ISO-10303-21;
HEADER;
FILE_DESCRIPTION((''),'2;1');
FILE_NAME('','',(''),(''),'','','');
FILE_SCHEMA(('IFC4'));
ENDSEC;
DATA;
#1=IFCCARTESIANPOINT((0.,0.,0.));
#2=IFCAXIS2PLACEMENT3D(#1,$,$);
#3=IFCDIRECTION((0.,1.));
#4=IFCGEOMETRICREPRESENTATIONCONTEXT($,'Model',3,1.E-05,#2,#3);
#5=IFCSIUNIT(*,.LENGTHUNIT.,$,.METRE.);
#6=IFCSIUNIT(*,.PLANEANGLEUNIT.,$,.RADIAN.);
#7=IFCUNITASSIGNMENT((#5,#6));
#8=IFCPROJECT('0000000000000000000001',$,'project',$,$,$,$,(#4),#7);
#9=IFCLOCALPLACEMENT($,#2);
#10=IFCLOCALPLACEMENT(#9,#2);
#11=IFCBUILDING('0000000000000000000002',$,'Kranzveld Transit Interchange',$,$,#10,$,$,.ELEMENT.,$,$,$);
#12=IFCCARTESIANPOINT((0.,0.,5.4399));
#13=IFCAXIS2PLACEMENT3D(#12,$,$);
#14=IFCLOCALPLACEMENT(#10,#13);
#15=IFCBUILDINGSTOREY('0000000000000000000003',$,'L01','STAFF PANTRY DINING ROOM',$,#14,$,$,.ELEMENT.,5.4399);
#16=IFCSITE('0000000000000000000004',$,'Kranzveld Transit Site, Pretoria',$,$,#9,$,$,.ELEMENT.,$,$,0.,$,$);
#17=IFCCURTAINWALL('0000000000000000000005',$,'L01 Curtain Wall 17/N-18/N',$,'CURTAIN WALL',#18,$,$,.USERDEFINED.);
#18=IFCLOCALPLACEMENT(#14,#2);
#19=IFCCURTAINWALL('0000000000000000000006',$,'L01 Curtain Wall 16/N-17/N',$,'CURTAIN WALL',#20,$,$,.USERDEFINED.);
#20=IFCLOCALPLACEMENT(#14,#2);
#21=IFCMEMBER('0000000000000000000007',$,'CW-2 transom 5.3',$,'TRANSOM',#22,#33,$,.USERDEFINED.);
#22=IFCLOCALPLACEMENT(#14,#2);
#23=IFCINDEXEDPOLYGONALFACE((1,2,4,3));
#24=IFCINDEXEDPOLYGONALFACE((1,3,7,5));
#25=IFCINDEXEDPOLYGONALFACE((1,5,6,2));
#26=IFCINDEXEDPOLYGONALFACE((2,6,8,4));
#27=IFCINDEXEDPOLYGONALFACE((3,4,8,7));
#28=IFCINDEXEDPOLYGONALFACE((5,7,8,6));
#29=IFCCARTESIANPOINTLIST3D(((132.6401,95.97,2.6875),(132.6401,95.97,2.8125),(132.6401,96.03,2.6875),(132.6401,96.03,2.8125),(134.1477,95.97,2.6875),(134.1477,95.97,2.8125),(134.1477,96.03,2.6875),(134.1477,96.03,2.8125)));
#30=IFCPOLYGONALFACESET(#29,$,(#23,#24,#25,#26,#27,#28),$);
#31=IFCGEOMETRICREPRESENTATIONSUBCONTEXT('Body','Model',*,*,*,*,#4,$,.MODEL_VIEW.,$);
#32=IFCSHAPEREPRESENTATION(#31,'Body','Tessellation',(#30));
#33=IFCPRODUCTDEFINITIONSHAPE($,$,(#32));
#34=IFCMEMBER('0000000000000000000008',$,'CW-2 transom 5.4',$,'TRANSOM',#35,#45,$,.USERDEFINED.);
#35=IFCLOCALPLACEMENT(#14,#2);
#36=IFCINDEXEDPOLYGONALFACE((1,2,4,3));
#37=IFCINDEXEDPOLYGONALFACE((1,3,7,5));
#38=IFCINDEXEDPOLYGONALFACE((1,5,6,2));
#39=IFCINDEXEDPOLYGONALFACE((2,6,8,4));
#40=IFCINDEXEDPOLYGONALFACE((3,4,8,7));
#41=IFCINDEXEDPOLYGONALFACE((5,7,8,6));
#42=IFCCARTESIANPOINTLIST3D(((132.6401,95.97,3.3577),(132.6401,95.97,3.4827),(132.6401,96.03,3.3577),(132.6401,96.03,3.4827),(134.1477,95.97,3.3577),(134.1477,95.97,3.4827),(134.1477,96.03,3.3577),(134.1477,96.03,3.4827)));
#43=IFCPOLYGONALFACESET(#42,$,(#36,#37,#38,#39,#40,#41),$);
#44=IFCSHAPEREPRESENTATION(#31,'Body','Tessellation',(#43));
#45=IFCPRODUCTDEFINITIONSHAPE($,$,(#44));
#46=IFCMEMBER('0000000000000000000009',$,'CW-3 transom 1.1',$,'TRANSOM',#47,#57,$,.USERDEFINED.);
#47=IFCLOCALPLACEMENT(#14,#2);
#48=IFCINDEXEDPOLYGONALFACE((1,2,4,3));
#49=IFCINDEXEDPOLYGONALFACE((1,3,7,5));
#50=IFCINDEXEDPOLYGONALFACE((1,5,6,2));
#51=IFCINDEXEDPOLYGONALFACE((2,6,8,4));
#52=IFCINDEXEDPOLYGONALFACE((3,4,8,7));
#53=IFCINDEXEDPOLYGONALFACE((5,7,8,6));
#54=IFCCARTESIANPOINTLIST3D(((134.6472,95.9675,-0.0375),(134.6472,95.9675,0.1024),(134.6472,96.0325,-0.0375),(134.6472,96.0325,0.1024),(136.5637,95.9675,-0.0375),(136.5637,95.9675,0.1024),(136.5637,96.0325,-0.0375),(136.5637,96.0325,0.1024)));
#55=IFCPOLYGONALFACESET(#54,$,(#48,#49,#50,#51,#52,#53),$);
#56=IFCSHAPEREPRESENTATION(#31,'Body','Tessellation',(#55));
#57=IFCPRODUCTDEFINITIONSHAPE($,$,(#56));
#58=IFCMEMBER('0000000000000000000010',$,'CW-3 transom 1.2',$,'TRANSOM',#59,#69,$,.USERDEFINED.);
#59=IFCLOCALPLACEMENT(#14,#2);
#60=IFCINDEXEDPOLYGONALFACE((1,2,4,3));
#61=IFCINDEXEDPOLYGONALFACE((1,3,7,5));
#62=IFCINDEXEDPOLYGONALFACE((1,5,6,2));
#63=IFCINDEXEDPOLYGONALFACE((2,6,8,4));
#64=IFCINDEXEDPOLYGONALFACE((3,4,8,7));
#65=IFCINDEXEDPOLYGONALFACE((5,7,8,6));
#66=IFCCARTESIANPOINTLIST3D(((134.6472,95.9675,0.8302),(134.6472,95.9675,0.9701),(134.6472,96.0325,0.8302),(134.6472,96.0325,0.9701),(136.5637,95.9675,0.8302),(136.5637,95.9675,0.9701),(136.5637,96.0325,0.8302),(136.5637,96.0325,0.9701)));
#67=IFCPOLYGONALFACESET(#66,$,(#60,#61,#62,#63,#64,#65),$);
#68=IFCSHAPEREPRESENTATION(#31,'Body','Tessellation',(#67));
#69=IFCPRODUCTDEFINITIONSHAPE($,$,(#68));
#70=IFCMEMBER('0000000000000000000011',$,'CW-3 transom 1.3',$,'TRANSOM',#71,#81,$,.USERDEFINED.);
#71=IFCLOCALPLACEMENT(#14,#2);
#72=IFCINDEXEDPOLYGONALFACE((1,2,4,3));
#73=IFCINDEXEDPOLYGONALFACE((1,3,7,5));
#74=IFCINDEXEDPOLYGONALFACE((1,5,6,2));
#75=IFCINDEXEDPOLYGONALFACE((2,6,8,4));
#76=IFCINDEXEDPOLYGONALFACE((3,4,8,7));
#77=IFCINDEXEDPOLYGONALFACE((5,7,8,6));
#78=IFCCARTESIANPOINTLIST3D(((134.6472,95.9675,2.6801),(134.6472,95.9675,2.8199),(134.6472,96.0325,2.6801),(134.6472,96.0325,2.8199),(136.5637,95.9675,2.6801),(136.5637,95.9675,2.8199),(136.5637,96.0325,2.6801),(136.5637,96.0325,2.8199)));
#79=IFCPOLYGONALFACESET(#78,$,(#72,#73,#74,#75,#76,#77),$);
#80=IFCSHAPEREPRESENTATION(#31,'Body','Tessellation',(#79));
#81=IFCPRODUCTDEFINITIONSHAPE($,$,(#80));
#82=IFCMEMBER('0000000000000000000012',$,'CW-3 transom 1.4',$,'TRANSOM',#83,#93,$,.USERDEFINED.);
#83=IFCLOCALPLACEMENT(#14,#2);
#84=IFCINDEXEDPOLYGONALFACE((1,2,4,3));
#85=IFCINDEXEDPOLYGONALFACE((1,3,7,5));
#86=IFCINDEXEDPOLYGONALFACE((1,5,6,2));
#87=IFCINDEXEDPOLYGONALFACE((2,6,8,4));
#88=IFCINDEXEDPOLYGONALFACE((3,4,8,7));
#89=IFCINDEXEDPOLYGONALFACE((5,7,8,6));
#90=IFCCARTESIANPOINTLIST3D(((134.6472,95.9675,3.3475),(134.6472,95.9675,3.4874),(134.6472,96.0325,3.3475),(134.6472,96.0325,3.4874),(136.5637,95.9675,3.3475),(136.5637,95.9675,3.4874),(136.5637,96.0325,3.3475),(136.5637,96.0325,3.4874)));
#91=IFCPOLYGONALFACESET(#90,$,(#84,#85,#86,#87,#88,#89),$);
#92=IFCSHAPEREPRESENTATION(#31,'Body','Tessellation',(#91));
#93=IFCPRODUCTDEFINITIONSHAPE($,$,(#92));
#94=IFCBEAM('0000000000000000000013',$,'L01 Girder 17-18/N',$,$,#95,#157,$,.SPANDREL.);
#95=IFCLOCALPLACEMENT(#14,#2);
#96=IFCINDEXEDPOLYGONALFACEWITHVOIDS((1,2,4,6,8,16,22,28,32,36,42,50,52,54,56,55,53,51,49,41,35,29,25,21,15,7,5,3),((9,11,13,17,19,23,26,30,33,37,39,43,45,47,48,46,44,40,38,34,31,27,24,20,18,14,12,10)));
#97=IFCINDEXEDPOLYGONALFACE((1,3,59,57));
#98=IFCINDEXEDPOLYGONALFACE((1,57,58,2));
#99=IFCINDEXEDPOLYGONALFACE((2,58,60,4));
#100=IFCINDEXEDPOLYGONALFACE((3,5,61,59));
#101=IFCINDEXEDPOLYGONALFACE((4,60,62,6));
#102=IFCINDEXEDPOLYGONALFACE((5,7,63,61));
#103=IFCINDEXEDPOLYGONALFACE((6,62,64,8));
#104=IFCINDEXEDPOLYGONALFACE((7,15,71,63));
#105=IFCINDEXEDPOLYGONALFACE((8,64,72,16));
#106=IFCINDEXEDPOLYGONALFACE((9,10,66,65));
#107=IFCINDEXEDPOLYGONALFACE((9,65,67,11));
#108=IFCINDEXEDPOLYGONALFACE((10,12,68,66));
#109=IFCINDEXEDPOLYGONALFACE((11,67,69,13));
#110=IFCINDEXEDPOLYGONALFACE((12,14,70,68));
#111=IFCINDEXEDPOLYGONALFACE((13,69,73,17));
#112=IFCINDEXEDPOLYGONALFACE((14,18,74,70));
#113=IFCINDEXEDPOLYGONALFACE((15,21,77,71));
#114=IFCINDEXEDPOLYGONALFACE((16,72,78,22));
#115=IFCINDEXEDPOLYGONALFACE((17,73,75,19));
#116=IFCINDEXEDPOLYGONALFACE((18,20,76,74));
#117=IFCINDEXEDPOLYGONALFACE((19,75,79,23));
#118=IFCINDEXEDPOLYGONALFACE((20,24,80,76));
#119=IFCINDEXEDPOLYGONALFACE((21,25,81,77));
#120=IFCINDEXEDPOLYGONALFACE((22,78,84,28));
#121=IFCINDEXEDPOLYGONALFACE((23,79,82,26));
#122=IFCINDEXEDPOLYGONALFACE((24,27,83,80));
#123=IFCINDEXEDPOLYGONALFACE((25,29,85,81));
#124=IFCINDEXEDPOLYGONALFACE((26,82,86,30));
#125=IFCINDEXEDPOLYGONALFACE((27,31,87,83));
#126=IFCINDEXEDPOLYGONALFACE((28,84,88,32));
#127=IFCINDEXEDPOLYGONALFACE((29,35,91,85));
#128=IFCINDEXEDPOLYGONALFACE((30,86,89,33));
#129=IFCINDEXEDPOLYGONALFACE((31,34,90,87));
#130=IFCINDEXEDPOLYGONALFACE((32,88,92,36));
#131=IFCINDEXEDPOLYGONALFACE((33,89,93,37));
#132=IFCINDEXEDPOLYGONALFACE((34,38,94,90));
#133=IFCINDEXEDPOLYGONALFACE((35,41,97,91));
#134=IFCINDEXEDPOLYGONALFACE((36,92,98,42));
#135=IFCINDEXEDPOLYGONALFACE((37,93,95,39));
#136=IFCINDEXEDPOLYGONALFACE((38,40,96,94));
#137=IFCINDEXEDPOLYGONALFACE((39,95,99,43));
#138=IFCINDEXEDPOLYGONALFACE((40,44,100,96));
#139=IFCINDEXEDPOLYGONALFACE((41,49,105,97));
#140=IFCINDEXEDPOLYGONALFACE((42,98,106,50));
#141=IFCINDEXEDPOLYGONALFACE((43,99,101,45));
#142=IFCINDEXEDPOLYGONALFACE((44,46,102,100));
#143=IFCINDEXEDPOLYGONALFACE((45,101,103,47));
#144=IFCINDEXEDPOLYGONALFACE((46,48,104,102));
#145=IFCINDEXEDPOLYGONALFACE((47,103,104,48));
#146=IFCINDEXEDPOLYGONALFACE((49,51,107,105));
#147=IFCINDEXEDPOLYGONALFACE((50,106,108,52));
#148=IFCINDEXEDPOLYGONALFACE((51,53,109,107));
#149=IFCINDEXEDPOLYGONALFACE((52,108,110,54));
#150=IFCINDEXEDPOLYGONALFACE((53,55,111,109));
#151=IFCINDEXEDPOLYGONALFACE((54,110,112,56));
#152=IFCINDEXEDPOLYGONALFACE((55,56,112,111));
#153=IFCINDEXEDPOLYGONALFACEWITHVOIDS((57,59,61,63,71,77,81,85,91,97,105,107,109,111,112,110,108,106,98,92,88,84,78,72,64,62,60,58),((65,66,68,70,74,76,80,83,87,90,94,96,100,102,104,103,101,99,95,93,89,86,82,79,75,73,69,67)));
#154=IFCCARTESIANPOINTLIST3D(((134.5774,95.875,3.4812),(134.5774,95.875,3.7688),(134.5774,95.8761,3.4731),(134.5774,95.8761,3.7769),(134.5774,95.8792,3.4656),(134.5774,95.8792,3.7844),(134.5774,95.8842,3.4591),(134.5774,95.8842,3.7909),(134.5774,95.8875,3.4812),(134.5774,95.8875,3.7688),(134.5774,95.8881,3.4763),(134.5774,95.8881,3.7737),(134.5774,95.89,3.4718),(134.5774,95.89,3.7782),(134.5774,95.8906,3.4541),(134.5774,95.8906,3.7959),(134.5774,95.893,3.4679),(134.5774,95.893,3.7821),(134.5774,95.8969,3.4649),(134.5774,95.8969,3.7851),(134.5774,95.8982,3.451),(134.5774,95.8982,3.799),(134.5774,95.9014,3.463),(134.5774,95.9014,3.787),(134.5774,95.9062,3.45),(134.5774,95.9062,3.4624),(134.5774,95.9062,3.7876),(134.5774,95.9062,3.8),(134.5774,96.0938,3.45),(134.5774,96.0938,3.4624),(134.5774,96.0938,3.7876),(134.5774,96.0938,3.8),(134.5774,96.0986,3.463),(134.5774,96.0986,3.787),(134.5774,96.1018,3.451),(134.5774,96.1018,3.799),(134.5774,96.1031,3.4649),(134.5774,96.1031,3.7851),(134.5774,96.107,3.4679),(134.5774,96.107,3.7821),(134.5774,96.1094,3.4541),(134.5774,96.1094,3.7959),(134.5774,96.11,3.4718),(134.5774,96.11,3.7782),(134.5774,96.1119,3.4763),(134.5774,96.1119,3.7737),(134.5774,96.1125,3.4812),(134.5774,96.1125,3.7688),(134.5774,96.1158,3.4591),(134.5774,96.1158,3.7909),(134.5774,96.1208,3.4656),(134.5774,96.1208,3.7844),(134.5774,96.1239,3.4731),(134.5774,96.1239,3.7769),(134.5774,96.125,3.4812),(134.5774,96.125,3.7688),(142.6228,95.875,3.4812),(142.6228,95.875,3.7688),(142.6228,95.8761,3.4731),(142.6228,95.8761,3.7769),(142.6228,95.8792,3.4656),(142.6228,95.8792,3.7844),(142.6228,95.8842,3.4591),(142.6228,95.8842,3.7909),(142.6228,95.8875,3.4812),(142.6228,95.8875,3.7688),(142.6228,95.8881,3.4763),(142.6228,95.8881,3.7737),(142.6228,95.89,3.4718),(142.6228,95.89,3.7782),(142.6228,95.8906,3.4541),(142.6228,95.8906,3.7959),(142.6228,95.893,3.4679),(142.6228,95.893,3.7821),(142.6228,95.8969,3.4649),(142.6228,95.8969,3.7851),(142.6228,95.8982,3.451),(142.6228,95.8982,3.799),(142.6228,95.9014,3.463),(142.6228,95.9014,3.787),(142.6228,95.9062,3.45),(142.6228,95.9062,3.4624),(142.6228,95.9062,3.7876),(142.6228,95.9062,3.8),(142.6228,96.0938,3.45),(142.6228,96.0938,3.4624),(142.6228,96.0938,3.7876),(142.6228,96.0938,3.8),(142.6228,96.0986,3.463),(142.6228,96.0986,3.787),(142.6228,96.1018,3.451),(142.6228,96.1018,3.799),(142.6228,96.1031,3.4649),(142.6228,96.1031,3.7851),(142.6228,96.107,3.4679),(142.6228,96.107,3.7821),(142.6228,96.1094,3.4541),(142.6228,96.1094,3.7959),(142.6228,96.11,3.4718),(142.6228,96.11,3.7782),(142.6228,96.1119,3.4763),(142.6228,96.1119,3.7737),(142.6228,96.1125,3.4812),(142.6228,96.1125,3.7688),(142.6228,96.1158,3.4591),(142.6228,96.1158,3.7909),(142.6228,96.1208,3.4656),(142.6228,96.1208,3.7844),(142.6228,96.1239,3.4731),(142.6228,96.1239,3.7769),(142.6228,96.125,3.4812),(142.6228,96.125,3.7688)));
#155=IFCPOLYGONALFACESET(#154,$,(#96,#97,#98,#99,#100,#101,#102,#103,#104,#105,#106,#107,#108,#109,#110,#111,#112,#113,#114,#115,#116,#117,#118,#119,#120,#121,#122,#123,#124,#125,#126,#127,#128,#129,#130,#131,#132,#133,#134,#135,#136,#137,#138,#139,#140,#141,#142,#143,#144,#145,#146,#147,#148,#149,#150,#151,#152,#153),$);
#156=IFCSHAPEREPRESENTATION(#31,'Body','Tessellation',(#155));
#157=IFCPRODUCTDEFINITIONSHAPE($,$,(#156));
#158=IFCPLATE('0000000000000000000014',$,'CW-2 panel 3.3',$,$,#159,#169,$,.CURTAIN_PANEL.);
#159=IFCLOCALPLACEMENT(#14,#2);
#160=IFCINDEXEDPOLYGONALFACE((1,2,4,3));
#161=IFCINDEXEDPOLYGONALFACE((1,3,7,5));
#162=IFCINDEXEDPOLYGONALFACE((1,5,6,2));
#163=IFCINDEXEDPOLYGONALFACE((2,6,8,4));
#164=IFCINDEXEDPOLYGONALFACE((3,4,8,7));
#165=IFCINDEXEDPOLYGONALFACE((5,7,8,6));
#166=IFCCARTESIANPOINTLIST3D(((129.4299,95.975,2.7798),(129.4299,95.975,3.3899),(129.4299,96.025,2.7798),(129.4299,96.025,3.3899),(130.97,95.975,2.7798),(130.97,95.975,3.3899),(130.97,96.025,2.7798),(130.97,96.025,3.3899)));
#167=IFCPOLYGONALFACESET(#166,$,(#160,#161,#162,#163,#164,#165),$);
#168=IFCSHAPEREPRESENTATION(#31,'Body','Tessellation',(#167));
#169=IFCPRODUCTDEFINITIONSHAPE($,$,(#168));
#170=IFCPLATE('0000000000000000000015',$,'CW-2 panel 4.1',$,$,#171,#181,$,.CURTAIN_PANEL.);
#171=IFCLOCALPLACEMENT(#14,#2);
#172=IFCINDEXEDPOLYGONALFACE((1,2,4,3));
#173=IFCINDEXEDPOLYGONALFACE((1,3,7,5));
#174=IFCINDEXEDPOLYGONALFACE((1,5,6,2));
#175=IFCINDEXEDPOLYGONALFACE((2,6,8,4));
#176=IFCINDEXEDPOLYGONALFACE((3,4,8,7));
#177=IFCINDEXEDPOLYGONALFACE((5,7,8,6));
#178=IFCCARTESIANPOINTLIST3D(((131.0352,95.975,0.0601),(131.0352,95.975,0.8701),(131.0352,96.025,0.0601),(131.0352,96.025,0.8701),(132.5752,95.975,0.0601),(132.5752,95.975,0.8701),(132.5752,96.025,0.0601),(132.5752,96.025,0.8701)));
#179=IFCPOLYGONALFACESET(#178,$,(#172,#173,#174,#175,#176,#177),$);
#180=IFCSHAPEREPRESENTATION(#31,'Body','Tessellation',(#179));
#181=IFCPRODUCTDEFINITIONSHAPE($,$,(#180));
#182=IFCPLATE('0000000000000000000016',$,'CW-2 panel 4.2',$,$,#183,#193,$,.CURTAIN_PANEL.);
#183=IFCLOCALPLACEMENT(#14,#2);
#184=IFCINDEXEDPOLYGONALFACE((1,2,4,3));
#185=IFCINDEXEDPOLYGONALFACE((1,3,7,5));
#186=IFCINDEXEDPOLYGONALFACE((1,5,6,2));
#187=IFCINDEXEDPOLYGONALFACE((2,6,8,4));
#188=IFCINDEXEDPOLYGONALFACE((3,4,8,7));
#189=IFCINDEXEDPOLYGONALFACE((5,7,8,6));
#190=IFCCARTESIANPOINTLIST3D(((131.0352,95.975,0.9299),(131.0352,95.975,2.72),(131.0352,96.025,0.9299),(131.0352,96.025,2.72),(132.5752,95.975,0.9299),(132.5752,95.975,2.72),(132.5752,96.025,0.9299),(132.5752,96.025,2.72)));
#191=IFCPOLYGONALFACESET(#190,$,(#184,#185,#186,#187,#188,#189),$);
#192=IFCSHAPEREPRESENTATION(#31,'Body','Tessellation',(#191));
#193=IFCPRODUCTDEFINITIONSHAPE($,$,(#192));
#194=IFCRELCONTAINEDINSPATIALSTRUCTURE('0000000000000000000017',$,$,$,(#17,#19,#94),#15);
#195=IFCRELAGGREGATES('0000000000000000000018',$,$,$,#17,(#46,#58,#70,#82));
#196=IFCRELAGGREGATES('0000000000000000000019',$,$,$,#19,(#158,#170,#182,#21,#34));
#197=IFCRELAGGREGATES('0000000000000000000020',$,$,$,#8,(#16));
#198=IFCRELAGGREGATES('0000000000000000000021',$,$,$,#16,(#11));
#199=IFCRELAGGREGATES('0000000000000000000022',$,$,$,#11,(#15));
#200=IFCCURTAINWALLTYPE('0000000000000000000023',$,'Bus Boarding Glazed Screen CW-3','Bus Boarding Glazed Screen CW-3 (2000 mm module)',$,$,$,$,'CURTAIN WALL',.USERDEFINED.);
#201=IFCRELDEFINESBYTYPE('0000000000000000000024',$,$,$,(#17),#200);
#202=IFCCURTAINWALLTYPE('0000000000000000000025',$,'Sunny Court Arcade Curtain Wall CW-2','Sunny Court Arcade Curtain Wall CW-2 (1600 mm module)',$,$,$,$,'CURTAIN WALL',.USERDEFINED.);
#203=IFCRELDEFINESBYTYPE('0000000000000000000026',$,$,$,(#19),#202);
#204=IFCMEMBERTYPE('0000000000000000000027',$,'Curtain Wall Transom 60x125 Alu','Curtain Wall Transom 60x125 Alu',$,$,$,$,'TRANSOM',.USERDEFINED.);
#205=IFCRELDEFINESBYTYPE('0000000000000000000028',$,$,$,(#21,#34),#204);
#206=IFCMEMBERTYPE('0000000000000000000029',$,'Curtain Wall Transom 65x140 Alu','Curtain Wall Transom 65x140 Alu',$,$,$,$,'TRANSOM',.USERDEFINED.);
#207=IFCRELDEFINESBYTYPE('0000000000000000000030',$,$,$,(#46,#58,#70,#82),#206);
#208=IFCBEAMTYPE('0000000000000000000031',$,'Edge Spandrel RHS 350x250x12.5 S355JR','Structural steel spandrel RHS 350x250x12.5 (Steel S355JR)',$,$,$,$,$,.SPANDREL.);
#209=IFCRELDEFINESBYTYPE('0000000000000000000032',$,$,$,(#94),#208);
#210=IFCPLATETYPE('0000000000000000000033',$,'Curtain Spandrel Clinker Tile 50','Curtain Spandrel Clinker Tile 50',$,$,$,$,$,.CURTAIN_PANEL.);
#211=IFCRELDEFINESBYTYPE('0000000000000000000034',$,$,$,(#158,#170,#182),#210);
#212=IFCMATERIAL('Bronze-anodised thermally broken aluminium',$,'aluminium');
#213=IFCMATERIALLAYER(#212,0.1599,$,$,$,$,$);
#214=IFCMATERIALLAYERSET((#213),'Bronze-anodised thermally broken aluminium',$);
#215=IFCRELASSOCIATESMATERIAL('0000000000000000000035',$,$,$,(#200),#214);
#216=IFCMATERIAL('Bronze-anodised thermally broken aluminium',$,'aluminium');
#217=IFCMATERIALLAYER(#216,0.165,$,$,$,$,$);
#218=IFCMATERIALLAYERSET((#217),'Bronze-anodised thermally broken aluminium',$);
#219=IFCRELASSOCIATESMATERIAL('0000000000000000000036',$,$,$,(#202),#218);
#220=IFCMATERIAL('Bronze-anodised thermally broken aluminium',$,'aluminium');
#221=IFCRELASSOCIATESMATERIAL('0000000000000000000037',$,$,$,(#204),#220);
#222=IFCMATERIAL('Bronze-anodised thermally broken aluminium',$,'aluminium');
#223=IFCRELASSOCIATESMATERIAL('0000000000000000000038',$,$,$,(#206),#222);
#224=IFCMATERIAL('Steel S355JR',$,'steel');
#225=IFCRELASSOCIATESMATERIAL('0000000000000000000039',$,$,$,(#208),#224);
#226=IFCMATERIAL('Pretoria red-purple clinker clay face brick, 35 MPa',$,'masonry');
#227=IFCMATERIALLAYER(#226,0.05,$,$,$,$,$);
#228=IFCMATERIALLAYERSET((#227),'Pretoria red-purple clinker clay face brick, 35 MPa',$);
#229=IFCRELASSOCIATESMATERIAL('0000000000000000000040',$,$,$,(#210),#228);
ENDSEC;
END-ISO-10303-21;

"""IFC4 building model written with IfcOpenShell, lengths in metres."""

from ifc_helpers import new_model, si_unit, direction, frame, origin, origin_2d, place, context, subcontext, project, spatial, rectangle, hollow_rectangle, extrude, material, layer, layer_set, material_profile, profile_set, type_object, element, aggregate, save


model = new_model("IFC4")

# Units and contexts
model_context = context("Model", 3, precision=1e-05, world=origin(), true_north=direction((0.0, 1.0)))
body_context = subcontext(model_context, "Body", "Model", "MODEL_VIEW")
ifc_project = project(units=[si_unit("LENGTHUNIT", "METRE"), si_unit("PLANEANGLEUNIT", "RADIAN")], contexts=[model_context])

# Site, building, storey
site_placement = place(None, origin())
site = spatial("IfcSite", under=ifc_project, at=site_placement, Name="Kranzveld Transit Site, Pretoria", CompositionType="ELEMENT", RefElevation=0.0)
building_placement = place(site_placement, origin())
building = spatial("IfcBuilding", under=site, at=building_placement, Name="Kranzveld Transit Interchange", CompositionType="ELEMENT")
storey_placement = place(building_placement, frame((0.0, 0.0, 5.4399)))
storey = spatial("IfcBuildingStorey", under=building, at=storey_placement, Name="L01", Description="STAFF PANTRY DINING ROOM", CompositionType="ELEMENT", Elevation=5.4399)

# Curtain wall
ifc_material_1 = material(Name="Bronze-anodised thermally broken aluminium", Category="aluminium")
ifc_layer_1 = layer(ifc_material_1, 0.1599)
ifc_layer_set_1 = layer_set([ifc_layer_1], Name="Bronze-anodised thermally broken aluminium")
curtain_wall_type_1 = type_object("IfcCurtainWallType", Name="Bus Boarding Glazed Screen CW-3", Description="Bus Boarding Glazed Screen CW-3 (2000 mm module)", ElementType="CURTAIN WALL", PredefinedType="USERDEFINED", material=ifc_layer_set_1)
curtain_wall_1_placement = place(storey_placement, origin())
curtain_wall_1 = element("IfcCurtainWall", 1, at=curtain_wall_1_placement, inside=storey, type_object=curtain_wall_type_1, Name="L01 Curtain Wall 17/N-18/N", ObjectType="CURTAIN WALL", PredefinedType="USERDEFINED")

# Curtain wall, members
ifc_material_2 = material(Name="Bronze-anodised thermally broken aluminium", Category="aluminium")
ifc_layer_2 = layer(ifc_material_2, 0.165)
ifc_layer_set_2 = layer_set([ifc_layer_2], Name="Bronze-anodised thermally broken aluminium")
curtain_wall_type_2 = type_object("IfcCurtainWallType", Name="Sunny Court Arcade Curtain Wall CW-2", Description="Sunny Court Arcade Curtain Wall CW-2 (1600 mm module)", ElementType="CURTAIN WALL", PredefinedType="USERDEFINED", material=ifc_layer_set_2)
curtain_wall_2_placement = place(storey_placement, origin())
curtain_wall_2 = element("IfcCurtainWall", 2, at=curtain_wall_2_placement, inside=storey, type_object=curtain_wall_type_2, Name="L01 Curtain Wall 16/N-17/N", ObjectType="CURTAIN WALL", PredefinedType="USERDEFINED")
ifc_material_3 = material(Name="Bronze-anodised thermally broken aluminium", Category="aluminium")
ifc_material_profile_1 = material_profile(ifc_material_3, rectangle(XDim=0.0601, YDim=0.125, at=origin_2d()), Name="ALU TRANSOM 60x125")
ifc_profile_set_1 = profile_set([ifc_material_profile_1], Name="Bronze-anodised thermally broken aluminium")
member_type_1 = type_object("IfcMemberType", Name="Curtain Wall Transom 60x125 Alu", Description="Curtain Wall Transom 60x125 Alu", ElementType="TRANSOM", PredefinedType="USERDEFINED", material=ifc_profile_set_1)
member_1_placement = place(storey_placement, frame((132.6401, 96.0, 2.75), z_axis=(1.0, 0.0, 0.0), x_axis=(0.0, 1.0, 0.0)))
member_1 = element("IfcMember", 3, at=member_1_placement, type_object=member_type_1, Name="CW-2 transom 5.3", ObjectType="TRANSOM", PredefinedType="USERDEFINED", context=body_context, shape_type="SweptSolid", body=[
    extrude(rectangle(XDim=0.0601, YDim=0.125, at=origin_2d()), origin(), (0.0, 0.0, 1.0), 1.5076),
])
member_2_placement = place(storey_placement, frame((132.6401, 96.0, 3.4202), z_axis=(1.0, 0.0, 0.0), x_axis=(0.0, 1.0, 0.0)))
member_2 = element("IfcMember", 4, at=member_2_placement, type_object=member_type_1, Name="CW-2 transom 5.4", ObjectType="TRANSOM", PredefinedType="USERDEFINED", context=body_context, shape_type="SweptSolid", body=[
    extrude(rectangle(XDim=0.0601, YDim=0.125, at=origin_2d()), origin(), (0.0, 0.0, 1.0), 1.5076),
])

# Members
ifc_material_4 = material(Name="Bronze-anodised thermally broken aluminium", Category="aluminium")
ifc_material_profile_2 = material_profile(ifc_material_4, rectangle(XDim=0.0649, YDim=0.1399, at=origin_2d()), Name="ALU TRANSOM 65x140")
ifc_profile_set_2 = profile_set([ifc_material_profile_2], Name="Bronze-anodised thermally broken aluminium")
member_type_2 = type_object("IfcMemberType", Name="Curtain Wall Transom 65x140 Alu", Description="Curtain Wall Transom 65x140 Alu", ElementType="TRANSOM", PredefinedType="USERDEFINED", material=ifc_profile_set_2)
member_3_placement = place(storey_placement, frame((134.6472, 96.0, 0.0325), z_axis=(1.0, 0.0, 0.0), x_axis=(0.0, 1.0, 0.0)))
member_3 = element("IfcMember", 5, at=member_3_placement, type_object=member_type_2, Name="CW-3 transom 1.1", ObjectType="TRANSOM", PredefinedType="USERDEFINED", context=body_context, shape_type="SweptSolid", body=[
    extrude(rectangle(XDim=0.0649, YDim=0.1399, at=origin_2d()), origin(), (0.0, 0.0, 1.0), 1.9165),
])
member_4_placement = place(storey_placement, frame((134.6472, 96.0, 0.9001), z_axis=(1.0, 0.0, 0.0), x_axis=(0.0, 1.0, 0.0)))
member_4 = element("IfcMember", 6, at=member_4_placement, type_object=member_type_2, Name="CW-3 transom 1.2", ObjectType="TRANSOM", PredefinedType="USERDEFINED", context=body_context, shape_type="SweptSolid", body=[
    extrude(rectangle(XDim=0.0649, YDim=0.1399, at=origin_2d()), origin(), (0.0, 0.0, 1.0), 1.9165),
])
member_5_placement = place(storey_placement, frame((134.6472, 96.0, 2.75), z_axis=(1.0, 0.0, 0.0), x_axis=(0.0, 1.0, 0.0)))
member_5 = element("IfcMember", 7, at=member_5_placement, type_object=member_type_2, Name="CW-3 transom 1.3", ObjectType="TRANSOM", PredefinedType="USERDEFINED", context=body_context, shape_type="SweptSolid", body=[
    extrude(rectangle(XDim=0.0649, YDim=0.1399, at=origin_2d()), origin(), (0.0, 0.0, 1.0), 1.9165),
])
member_6_placement = place(storey_placement, frame((134.6472, 96.0, 3.4175), z_axis=(1.0, 0.0, 0.0), x_axis=(0.0, 1.0, 0.0)))
member_6 = element("IfcMember", 8, at=member_6_placement, type_object=member_type_2, Name="CW-3 transom 1.4", ObjectType="TRANSOM", PredefinedType="USERDEFINED", context=body_context, shape_type="SweptSolid", body=[
    extrude(rectangle(XDim=0.0649, YDim=0.1399, at=origin_2d()), origin(), (0.0, 0.0, 1.0), 1.9165),
])
aggregate(curtain_wall_1, [member_3, member_4, member_5, member_6])

# Beam
ifc_material_5 = material(Name="Steel S355JR", Category="steel")
ifc_material_profile_3 = material_profile(ifc_material_5, hollow_rectangle(XDim=0.25, YDim=0.3501, WallThickness=0.0125, InnerFilletRadius=0.0188, OuterFilletRadius=0.0312, at=origin_2d()), Name="RHS 350x250x12.5")
ifc_profile_set_3 = profile_set([ifc_material_profile_3], Name="Steel S355JR")
beam_type = type_object("IfcBeamType", Name="Edge Spandrel RHS 350x250x12.5 S355JR", Description="Structural steel spandrel RHS 350x250x12.5 (Steel S355JR)", PredefinedType="SPANDREL", material=ifc_profile_set_3)
beam_placement = place(storey_placement, frame((134.5774, 96.0, 3.625), z_axis=(1.0, 0.0, 0.0), x_axis=(0.0, 1.0, 0.0)))
element("IfcBeam", 9, at=beam_placement, inside=storey, type_object=beam_type, Name="L01 Girder 17-18/N", PredefinedType="SPANDREL", context=body_context, shape_type="SweptSolid", body=[
    extrude(hollow_rectangle(XDim=0.25, YDim=0.3501, WallThickness=0.0125, InnerFilletRadius=0.0188, OuterFilletRadius=0.0312, at=origin_2d()), origin(), (0.0, 0.0, 1.0), 8.0454),
])

# Plates
ifc_material_6 = material(Name="Pretoria red-purple clinker clay face brick, 35 MPa", Category="masonry")
ifc_layer_3 = layer(ifc_material_6, 0.05)
ifc_layer_set_3 = layer_set([ifc_layer_3], Name="Pretoria red-purple clinker clay face brick, 35 MPa")
plate_type = type_object("IfcPlateType", Name="Curtain Spandrel Clinker Tile 50", Description="Curtain Spandrel Clinker Tile 50", PredefinedType="CURTAIN_PANEL", material=ifc_layer_set_3)
plate_1_placement = place(storey_placement, frame((130.2, 96.0, 2.7798), z_axis=(0.0, 0.0, 1.0), x_axis=(1.0, 0.0, 0.0)))
plate_1 = element("IfcPlate", 10, at=plate_1_placement, type_object=plate_type, Name="CW-2 panel 3.3", PredefinedType="CURTAIN_PANEL", context=body_context, shape_type="SweptSolid", body=[
    extrude(rectangle(XDim=1.54, YDim=0.05, at=origin_2d()), origin(), (0.0, 0.0, 1.0), 0.6101),
])
plate_2_placement = place(storey_placement, frame((131.8052, 96.0, 0.0601), z_axis=(0.0, 0.0, 1.0), x_axis=(1.0, 0.0, 0.0)))
plate_2 = element("IfcPlate", 11, at=plate_2_placement, type_object=plate_type, Name="CW-2 panel 4.1", PredefinedType="CURTAIN_PANEL", context=body_context, shape_type="SweptSolid", body=[
    extrude(rectangle(XDim=1.54, YDim=0.05, at=origin_2d()), origin(), (0.0, 0.0, 1.0), 0.8101),
])
plate_3_placement = place(storey_placement, frame((131.8052, 96.0, 0.9299), z_axis=(0.0, 0.0, 1.0), x_axis=(1.0, 0.0, 0.0)))
plate_3 = element("IfcPlate", 12, at=plate_3_placement, type_object=plate_type, Name="CW-2 panel 4.2", PredefinedType="CURTAIN_PANEL", context=body_context, shape_type="SweptSolid", body=[
    extrude(rectangle(XDim=1.54, YDim=0.05, at=origin_2d()), origin(), (0.0, 0.0, 1.0), 1.79),
])
aggregate(curtain_wall_2, [plate_1, plate_2, plate_3, member_1, member_2])

save(model, "model.ifc")
